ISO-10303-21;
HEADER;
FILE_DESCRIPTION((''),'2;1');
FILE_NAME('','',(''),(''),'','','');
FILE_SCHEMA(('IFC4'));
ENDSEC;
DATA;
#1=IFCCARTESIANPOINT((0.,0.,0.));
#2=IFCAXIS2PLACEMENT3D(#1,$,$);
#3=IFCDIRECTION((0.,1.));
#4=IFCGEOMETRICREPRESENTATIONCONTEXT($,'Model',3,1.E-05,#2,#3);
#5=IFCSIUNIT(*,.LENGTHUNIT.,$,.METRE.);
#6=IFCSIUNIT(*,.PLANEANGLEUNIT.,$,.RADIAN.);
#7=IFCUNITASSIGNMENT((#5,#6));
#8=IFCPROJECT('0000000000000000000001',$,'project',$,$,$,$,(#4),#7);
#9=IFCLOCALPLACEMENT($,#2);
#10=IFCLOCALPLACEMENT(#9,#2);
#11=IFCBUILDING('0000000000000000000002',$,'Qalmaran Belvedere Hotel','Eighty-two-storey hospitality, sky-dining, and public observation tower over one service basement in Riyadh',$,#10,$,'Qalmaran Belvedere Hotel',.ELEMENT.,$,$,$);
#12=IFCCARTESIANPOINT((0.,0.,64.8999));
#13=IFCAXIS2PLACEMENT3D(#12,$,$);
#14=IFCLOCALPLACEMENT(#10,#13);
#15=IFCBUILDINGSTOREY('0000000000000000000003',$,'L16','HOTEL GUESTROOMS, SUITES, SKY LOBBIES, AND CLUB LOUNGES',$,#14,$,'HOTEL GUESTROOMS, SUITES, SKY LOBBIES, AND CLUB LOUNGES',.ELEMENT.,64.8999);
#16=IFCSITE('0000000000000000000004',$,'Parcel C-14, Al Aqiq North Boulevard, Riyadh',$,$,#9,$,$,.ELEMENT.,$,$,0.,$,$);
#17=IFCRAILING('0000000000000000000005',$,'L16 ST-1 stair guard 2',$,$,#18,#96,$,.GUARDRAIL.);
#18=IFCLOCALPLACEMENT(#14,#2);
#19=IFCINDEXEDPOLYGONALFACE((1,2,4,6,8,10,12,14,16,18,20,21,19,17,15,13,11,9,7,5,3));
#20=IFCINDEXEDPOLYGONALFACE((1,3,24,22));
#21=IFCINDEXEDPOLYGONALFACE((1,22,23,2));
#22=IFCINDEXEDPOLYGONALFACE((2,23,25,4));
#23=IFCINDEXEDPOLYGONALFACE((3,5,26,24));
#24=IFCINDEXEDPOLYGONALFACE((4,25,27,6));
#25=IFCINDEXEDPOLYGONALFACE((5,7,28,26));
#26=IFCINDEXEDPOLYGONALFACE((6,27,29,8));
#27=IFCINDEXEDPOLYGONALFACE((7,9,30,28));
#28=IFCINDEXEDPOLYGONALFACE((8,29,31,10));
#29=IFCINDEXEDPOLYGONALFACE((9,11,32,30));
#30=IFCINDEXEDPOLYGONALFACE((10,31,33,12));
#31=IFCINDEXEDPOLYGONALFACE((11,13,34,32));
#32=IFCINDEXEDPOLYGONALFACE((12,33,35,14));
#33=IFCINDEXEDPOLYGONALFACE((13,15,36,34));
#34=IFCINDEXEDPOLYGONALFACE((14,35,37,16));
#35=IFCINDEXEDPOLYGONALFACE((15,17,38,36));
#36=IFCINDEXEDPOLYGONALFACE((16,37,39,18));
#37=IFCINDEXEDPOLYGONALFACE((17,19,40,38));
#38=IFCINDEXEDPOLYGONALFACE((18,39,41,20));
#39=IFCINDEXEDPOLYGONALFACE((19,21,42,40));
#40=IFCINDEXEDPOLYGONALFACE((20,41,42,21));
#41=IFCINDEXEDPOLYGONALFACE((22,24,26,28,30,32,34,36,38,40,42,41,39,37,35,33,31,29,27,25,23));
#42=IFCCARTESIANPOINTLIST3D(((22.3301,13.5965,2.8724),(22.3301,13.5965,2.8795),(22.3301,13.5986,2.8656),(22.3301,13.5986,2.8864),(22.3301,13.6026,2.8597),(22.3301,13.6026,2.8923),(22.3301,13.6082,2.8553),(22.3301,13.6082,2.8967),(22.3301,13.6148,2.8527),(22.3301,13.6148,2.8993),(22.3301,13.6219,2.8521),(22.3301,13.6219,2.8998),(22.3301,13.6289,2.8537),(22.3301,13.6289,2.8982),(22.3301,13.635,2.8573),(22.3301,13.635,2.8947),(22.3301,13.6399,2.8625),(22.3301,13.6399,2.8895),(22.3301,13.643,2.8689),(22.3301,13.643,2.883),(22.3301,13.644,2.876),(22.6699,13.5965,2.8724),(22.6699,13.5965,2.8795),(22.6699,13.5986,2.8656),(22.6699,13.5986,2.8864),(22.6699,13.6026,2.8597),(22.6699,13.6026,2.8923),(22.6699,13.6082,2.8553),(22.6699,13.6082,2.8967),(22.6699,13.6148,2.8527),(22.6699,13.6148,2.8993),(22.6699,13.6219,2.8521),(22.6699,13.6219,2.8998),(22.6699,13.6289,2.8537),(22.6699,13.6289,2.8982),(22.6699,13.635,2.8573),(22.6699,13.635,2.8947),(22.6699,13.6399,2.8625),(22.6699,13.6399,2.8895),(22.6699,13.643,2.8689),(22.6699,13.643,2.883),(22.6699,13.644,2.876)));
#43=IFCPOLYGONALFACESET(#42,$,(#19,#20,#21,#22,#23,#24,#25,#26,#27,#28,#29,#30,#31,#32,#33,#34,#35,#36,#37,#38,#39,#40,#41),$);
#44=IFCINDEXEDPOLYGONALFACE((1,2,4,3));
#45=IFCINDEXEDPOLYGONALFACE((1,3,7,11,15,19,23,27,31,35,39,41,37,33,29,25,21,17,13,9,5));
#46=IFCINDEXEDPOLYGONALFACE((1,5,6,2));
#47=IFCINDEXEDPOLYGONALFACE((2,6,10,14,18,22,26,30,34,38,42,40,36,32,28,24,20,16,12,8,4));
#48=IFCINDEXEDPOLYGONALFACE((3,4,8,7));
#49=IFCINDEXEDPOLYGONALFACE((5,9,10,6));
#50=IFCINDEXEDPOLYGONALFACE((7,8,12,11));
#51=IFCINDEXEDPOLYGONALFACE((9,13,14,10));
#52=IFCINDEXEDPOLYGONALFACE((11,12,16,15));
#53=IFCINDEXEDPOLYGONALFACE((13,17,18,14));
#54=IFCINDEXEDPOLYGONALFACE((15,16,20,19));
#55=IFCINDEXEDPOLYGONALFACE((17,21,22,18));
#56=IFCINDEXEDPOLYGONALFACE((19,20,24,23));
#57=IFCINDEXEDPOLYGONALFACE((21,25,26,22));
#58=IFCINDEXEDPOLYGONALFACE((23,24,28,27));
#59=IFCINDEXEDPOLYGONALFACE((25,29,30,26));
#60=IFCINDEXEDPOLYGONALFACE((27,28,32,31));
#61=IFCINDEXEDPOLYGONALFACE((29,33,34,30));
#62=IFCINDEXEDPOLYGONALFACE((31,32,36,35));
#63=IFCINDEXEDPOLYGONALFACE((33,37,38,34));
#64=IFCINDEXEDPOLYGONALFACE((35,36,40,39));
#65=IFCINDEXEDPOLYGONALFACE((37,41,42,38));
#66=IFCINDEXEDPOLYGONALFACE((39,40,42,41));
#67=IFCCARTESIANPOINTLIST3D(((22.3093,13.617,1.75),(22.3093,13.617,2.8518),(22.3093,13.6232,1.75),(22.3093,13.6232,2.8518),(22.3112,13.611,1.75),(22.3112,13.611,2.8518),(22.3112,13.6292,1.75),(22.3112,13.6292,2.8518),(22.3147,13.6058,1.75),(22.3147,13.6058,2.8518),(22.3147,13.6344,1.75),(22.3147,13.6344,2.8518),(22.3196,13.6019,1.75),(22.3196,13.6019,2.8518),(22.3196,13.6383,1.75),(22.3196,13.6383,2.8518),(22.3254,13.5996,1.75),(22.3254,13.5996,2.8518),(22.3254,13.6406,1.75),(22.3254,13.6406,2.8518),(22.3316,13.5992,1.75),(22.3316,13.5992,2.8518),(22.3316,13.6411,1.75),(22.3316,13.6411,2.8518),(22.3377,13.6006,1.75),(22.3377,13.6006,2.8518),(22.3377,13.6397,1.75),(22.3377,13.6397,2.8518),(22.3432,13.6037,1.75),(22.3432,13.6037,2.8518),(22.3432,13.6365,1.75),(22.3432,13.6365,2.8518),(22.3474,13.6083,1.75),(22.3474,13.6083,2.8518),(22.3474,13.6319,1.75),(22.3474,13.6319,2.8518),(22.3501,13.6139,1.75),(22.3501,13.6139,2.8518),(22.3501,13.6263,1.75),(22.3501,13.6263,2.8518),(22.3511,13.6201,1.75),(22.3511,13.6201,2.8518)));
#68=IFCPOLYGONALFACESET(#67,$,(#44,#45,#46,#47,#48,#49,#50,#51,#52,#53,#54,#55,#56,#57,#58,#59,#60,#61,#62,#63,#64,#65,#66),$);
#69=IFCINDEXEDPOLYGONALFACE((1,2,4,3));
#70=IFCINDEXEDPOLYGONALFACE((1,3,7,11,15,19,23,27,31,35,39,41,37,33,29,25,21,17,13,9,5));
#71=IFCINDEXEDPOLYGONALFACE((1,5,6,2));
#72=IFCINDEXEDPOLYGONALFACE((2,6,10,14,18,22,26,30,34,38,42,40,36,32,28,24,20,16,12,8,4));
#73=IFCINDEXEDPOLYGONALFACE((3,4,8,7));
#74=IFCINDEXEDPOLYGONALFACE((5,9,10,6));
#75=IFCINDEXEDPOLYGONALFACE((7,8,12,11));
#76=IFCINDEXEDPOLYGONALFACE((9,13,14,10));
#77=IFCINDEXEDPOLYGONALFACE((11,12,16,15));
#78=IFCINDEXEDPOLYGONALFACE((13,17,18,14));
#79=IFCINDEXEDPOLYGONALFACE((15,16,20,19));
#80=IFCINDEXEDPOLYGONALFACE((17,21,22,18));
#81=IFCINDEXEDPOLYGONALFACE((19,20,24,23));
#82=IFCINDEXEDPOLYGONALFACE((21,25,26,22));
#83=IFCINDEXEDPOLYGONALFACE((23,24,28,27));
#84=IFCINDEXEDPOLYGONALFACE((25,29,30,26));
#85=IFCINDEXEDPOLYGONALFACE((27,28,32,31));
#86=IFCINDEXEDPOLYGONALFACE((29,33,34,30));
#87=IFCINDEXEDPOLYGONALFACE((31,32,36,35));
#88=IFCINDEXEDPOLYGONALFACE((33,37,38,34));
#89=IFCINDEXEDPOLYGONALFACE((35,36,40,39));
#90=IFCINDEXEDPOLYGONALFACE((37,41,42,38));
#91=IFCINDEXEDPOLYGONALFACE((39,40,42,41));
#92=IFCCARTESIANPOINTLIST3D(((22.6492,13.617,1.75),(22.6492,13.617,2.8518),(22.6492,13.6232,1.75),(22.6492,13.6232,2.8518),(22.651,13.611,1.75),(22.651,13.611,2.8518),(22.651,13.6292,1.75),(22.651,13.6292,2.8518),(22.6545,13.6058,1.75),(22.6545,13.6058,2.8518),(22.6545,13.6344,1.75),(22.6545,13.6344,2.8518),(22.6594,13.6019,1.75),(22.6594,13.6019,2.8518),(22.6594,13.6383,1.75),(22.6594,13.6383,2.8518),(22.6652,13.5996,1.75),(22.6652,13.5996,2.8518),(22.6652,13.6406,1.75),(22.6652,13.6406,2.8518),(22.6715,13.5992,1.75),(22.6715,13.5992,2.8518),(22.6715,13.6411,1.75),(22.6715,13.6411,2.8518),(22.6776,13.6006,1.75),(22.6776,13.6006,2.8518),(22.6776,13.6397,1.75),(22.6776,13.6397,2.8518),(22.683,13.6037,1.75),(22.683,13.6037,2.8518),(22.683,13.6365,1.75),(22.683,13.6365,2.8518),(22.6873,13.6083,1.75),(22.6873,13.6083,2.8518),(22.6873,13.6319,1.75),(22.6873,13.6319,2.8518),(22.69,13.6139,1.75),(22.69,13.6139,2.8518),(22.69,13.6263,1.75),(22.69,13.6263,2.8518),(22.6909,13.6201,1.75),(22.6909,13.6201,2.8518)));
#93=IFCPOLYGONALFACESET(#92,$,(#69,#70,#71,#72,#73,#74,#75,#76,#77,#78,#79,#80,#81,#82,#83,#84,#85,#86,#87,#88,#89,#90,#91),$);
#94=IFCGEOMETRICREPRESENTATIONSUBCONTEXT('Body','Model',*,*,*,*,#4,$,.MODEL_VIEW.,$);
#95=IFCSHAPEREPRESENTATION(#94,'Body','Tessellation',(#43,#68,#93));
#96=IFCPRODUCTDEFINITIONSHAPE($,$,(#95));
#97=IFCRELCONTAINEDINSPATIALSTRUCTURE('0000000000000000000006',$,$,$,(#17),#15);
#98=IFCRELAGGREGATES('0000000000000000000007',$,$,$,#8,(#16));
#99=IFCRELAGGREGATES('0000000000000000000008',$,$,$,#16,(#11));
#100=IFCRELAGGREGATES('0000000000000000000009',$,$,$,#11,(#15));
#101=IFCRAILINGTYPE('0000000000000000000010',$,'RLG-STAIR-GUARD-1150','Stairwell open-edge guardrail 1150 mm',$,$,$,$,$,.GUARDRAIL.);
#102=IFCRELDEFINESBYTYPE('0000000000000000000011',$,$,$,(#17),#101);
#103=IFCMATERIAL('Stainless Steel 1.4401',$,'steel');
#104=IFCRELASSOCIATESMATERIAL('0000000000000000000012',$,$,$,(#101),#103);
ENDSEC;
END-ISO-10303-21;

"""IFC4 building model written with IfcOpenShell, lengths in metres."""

from ifc_helpers import new_model, si_unit, direction, frame, origin, origin_2d, place, context, subcontext, project, spatial, circle, extrude, material, type_object, element, save


model = new_model("IFC4")

# Units and contexts
model_context = context("Model", 3, precision=1e-05, world=origin(), true_north=direction((0.0, 1.0)))
body_context = subcontext(model_context, "Body", "Model", "MODEL_VIEW")
ifc_project = project(units=[si_unit("LENGTHUNIT", "METRE"), si_unit("PLANEANGLEUNIT", "RADIAN")], contexts=[model_context])

# Site, building, storey
site_placement = place(None, origin())
site = spatial("IfcSite", under=ifc_project, at=site_placement, Name="Parcel C-14, Al Aqiq North Boulevard, Riyadh", CompositionType="ELEMENT", RefElevation=0.0)
building_placement = place(site_placement, origin())
building = spatial("IfcBuilding", under=site, at=building_placement, Name="Qalmaran Belvedere Hotel", Description="Eighty-two-storey hospitality, sky-dining, and public observation tower over one service basement in Riyadh", LongName="Qalmaran Belvedere Hotel", CompositionType="ELEMENT")
storey_placement = place(building_placement, frame((0.0, 0.0, 64.8999)))
storey = spatial("IfcBuildingStorey", under=building, at=storey_placement, Name="L16", Description="HOTEL GUESTROOMS, SUITES, SKY LOBBIES, AND CLUB LOUNGES", LongName="HOTEL GUESTROOMS, SUITES, SKY LOBBIES, AND CLUB LOUNGES", CompositionType="ELEMENT", Elevation=64.8999)

# Railing
ifc_material_1 = material(Name="Stainless Steel 1.4401", Category="steel")
railing_type_1 = type_object("IfcRailingType", Name="RLG-STAIR-GUARD-1150", Description="Stairwell open-edge guardrail 1150 mm", PredefinedType="GUARDRAIL", material=ifc_material_1)
railing_1_placement = place(storey_placement, frame((22.3301, 13.6201, 1.75)))
element("IfcRailing", 1, at=railing_1_placement, inside=storey, type_object=railing_type_1, Name="L16 ST-1 stair guard 2", PredefinedType="GUARDRAIL", context=body_context, shape_type="SweptSolid", body=[
    extrude(circle(Radius=0.0239, at=origin_2d()), frame((0.0, 0.0, 1.126), z_axis=(1.0, 0.0, 0.0), x_axis=(0.0, 1.0, 0.0)), (0.0, 0.0, 1.0), 0.3398),
    extrude(circle(Radius=0.021, at=origin_2d()), origin(), (0.0, 0.0, 1.0), 1.1018),
    extrude(circle(Radius=0.021, at=origin_2d()), frame((0.3398, 0.0, 0.0)), (0.0, 0.0, 1.0), 1.1018),
])

save(model, "model.ifc")
